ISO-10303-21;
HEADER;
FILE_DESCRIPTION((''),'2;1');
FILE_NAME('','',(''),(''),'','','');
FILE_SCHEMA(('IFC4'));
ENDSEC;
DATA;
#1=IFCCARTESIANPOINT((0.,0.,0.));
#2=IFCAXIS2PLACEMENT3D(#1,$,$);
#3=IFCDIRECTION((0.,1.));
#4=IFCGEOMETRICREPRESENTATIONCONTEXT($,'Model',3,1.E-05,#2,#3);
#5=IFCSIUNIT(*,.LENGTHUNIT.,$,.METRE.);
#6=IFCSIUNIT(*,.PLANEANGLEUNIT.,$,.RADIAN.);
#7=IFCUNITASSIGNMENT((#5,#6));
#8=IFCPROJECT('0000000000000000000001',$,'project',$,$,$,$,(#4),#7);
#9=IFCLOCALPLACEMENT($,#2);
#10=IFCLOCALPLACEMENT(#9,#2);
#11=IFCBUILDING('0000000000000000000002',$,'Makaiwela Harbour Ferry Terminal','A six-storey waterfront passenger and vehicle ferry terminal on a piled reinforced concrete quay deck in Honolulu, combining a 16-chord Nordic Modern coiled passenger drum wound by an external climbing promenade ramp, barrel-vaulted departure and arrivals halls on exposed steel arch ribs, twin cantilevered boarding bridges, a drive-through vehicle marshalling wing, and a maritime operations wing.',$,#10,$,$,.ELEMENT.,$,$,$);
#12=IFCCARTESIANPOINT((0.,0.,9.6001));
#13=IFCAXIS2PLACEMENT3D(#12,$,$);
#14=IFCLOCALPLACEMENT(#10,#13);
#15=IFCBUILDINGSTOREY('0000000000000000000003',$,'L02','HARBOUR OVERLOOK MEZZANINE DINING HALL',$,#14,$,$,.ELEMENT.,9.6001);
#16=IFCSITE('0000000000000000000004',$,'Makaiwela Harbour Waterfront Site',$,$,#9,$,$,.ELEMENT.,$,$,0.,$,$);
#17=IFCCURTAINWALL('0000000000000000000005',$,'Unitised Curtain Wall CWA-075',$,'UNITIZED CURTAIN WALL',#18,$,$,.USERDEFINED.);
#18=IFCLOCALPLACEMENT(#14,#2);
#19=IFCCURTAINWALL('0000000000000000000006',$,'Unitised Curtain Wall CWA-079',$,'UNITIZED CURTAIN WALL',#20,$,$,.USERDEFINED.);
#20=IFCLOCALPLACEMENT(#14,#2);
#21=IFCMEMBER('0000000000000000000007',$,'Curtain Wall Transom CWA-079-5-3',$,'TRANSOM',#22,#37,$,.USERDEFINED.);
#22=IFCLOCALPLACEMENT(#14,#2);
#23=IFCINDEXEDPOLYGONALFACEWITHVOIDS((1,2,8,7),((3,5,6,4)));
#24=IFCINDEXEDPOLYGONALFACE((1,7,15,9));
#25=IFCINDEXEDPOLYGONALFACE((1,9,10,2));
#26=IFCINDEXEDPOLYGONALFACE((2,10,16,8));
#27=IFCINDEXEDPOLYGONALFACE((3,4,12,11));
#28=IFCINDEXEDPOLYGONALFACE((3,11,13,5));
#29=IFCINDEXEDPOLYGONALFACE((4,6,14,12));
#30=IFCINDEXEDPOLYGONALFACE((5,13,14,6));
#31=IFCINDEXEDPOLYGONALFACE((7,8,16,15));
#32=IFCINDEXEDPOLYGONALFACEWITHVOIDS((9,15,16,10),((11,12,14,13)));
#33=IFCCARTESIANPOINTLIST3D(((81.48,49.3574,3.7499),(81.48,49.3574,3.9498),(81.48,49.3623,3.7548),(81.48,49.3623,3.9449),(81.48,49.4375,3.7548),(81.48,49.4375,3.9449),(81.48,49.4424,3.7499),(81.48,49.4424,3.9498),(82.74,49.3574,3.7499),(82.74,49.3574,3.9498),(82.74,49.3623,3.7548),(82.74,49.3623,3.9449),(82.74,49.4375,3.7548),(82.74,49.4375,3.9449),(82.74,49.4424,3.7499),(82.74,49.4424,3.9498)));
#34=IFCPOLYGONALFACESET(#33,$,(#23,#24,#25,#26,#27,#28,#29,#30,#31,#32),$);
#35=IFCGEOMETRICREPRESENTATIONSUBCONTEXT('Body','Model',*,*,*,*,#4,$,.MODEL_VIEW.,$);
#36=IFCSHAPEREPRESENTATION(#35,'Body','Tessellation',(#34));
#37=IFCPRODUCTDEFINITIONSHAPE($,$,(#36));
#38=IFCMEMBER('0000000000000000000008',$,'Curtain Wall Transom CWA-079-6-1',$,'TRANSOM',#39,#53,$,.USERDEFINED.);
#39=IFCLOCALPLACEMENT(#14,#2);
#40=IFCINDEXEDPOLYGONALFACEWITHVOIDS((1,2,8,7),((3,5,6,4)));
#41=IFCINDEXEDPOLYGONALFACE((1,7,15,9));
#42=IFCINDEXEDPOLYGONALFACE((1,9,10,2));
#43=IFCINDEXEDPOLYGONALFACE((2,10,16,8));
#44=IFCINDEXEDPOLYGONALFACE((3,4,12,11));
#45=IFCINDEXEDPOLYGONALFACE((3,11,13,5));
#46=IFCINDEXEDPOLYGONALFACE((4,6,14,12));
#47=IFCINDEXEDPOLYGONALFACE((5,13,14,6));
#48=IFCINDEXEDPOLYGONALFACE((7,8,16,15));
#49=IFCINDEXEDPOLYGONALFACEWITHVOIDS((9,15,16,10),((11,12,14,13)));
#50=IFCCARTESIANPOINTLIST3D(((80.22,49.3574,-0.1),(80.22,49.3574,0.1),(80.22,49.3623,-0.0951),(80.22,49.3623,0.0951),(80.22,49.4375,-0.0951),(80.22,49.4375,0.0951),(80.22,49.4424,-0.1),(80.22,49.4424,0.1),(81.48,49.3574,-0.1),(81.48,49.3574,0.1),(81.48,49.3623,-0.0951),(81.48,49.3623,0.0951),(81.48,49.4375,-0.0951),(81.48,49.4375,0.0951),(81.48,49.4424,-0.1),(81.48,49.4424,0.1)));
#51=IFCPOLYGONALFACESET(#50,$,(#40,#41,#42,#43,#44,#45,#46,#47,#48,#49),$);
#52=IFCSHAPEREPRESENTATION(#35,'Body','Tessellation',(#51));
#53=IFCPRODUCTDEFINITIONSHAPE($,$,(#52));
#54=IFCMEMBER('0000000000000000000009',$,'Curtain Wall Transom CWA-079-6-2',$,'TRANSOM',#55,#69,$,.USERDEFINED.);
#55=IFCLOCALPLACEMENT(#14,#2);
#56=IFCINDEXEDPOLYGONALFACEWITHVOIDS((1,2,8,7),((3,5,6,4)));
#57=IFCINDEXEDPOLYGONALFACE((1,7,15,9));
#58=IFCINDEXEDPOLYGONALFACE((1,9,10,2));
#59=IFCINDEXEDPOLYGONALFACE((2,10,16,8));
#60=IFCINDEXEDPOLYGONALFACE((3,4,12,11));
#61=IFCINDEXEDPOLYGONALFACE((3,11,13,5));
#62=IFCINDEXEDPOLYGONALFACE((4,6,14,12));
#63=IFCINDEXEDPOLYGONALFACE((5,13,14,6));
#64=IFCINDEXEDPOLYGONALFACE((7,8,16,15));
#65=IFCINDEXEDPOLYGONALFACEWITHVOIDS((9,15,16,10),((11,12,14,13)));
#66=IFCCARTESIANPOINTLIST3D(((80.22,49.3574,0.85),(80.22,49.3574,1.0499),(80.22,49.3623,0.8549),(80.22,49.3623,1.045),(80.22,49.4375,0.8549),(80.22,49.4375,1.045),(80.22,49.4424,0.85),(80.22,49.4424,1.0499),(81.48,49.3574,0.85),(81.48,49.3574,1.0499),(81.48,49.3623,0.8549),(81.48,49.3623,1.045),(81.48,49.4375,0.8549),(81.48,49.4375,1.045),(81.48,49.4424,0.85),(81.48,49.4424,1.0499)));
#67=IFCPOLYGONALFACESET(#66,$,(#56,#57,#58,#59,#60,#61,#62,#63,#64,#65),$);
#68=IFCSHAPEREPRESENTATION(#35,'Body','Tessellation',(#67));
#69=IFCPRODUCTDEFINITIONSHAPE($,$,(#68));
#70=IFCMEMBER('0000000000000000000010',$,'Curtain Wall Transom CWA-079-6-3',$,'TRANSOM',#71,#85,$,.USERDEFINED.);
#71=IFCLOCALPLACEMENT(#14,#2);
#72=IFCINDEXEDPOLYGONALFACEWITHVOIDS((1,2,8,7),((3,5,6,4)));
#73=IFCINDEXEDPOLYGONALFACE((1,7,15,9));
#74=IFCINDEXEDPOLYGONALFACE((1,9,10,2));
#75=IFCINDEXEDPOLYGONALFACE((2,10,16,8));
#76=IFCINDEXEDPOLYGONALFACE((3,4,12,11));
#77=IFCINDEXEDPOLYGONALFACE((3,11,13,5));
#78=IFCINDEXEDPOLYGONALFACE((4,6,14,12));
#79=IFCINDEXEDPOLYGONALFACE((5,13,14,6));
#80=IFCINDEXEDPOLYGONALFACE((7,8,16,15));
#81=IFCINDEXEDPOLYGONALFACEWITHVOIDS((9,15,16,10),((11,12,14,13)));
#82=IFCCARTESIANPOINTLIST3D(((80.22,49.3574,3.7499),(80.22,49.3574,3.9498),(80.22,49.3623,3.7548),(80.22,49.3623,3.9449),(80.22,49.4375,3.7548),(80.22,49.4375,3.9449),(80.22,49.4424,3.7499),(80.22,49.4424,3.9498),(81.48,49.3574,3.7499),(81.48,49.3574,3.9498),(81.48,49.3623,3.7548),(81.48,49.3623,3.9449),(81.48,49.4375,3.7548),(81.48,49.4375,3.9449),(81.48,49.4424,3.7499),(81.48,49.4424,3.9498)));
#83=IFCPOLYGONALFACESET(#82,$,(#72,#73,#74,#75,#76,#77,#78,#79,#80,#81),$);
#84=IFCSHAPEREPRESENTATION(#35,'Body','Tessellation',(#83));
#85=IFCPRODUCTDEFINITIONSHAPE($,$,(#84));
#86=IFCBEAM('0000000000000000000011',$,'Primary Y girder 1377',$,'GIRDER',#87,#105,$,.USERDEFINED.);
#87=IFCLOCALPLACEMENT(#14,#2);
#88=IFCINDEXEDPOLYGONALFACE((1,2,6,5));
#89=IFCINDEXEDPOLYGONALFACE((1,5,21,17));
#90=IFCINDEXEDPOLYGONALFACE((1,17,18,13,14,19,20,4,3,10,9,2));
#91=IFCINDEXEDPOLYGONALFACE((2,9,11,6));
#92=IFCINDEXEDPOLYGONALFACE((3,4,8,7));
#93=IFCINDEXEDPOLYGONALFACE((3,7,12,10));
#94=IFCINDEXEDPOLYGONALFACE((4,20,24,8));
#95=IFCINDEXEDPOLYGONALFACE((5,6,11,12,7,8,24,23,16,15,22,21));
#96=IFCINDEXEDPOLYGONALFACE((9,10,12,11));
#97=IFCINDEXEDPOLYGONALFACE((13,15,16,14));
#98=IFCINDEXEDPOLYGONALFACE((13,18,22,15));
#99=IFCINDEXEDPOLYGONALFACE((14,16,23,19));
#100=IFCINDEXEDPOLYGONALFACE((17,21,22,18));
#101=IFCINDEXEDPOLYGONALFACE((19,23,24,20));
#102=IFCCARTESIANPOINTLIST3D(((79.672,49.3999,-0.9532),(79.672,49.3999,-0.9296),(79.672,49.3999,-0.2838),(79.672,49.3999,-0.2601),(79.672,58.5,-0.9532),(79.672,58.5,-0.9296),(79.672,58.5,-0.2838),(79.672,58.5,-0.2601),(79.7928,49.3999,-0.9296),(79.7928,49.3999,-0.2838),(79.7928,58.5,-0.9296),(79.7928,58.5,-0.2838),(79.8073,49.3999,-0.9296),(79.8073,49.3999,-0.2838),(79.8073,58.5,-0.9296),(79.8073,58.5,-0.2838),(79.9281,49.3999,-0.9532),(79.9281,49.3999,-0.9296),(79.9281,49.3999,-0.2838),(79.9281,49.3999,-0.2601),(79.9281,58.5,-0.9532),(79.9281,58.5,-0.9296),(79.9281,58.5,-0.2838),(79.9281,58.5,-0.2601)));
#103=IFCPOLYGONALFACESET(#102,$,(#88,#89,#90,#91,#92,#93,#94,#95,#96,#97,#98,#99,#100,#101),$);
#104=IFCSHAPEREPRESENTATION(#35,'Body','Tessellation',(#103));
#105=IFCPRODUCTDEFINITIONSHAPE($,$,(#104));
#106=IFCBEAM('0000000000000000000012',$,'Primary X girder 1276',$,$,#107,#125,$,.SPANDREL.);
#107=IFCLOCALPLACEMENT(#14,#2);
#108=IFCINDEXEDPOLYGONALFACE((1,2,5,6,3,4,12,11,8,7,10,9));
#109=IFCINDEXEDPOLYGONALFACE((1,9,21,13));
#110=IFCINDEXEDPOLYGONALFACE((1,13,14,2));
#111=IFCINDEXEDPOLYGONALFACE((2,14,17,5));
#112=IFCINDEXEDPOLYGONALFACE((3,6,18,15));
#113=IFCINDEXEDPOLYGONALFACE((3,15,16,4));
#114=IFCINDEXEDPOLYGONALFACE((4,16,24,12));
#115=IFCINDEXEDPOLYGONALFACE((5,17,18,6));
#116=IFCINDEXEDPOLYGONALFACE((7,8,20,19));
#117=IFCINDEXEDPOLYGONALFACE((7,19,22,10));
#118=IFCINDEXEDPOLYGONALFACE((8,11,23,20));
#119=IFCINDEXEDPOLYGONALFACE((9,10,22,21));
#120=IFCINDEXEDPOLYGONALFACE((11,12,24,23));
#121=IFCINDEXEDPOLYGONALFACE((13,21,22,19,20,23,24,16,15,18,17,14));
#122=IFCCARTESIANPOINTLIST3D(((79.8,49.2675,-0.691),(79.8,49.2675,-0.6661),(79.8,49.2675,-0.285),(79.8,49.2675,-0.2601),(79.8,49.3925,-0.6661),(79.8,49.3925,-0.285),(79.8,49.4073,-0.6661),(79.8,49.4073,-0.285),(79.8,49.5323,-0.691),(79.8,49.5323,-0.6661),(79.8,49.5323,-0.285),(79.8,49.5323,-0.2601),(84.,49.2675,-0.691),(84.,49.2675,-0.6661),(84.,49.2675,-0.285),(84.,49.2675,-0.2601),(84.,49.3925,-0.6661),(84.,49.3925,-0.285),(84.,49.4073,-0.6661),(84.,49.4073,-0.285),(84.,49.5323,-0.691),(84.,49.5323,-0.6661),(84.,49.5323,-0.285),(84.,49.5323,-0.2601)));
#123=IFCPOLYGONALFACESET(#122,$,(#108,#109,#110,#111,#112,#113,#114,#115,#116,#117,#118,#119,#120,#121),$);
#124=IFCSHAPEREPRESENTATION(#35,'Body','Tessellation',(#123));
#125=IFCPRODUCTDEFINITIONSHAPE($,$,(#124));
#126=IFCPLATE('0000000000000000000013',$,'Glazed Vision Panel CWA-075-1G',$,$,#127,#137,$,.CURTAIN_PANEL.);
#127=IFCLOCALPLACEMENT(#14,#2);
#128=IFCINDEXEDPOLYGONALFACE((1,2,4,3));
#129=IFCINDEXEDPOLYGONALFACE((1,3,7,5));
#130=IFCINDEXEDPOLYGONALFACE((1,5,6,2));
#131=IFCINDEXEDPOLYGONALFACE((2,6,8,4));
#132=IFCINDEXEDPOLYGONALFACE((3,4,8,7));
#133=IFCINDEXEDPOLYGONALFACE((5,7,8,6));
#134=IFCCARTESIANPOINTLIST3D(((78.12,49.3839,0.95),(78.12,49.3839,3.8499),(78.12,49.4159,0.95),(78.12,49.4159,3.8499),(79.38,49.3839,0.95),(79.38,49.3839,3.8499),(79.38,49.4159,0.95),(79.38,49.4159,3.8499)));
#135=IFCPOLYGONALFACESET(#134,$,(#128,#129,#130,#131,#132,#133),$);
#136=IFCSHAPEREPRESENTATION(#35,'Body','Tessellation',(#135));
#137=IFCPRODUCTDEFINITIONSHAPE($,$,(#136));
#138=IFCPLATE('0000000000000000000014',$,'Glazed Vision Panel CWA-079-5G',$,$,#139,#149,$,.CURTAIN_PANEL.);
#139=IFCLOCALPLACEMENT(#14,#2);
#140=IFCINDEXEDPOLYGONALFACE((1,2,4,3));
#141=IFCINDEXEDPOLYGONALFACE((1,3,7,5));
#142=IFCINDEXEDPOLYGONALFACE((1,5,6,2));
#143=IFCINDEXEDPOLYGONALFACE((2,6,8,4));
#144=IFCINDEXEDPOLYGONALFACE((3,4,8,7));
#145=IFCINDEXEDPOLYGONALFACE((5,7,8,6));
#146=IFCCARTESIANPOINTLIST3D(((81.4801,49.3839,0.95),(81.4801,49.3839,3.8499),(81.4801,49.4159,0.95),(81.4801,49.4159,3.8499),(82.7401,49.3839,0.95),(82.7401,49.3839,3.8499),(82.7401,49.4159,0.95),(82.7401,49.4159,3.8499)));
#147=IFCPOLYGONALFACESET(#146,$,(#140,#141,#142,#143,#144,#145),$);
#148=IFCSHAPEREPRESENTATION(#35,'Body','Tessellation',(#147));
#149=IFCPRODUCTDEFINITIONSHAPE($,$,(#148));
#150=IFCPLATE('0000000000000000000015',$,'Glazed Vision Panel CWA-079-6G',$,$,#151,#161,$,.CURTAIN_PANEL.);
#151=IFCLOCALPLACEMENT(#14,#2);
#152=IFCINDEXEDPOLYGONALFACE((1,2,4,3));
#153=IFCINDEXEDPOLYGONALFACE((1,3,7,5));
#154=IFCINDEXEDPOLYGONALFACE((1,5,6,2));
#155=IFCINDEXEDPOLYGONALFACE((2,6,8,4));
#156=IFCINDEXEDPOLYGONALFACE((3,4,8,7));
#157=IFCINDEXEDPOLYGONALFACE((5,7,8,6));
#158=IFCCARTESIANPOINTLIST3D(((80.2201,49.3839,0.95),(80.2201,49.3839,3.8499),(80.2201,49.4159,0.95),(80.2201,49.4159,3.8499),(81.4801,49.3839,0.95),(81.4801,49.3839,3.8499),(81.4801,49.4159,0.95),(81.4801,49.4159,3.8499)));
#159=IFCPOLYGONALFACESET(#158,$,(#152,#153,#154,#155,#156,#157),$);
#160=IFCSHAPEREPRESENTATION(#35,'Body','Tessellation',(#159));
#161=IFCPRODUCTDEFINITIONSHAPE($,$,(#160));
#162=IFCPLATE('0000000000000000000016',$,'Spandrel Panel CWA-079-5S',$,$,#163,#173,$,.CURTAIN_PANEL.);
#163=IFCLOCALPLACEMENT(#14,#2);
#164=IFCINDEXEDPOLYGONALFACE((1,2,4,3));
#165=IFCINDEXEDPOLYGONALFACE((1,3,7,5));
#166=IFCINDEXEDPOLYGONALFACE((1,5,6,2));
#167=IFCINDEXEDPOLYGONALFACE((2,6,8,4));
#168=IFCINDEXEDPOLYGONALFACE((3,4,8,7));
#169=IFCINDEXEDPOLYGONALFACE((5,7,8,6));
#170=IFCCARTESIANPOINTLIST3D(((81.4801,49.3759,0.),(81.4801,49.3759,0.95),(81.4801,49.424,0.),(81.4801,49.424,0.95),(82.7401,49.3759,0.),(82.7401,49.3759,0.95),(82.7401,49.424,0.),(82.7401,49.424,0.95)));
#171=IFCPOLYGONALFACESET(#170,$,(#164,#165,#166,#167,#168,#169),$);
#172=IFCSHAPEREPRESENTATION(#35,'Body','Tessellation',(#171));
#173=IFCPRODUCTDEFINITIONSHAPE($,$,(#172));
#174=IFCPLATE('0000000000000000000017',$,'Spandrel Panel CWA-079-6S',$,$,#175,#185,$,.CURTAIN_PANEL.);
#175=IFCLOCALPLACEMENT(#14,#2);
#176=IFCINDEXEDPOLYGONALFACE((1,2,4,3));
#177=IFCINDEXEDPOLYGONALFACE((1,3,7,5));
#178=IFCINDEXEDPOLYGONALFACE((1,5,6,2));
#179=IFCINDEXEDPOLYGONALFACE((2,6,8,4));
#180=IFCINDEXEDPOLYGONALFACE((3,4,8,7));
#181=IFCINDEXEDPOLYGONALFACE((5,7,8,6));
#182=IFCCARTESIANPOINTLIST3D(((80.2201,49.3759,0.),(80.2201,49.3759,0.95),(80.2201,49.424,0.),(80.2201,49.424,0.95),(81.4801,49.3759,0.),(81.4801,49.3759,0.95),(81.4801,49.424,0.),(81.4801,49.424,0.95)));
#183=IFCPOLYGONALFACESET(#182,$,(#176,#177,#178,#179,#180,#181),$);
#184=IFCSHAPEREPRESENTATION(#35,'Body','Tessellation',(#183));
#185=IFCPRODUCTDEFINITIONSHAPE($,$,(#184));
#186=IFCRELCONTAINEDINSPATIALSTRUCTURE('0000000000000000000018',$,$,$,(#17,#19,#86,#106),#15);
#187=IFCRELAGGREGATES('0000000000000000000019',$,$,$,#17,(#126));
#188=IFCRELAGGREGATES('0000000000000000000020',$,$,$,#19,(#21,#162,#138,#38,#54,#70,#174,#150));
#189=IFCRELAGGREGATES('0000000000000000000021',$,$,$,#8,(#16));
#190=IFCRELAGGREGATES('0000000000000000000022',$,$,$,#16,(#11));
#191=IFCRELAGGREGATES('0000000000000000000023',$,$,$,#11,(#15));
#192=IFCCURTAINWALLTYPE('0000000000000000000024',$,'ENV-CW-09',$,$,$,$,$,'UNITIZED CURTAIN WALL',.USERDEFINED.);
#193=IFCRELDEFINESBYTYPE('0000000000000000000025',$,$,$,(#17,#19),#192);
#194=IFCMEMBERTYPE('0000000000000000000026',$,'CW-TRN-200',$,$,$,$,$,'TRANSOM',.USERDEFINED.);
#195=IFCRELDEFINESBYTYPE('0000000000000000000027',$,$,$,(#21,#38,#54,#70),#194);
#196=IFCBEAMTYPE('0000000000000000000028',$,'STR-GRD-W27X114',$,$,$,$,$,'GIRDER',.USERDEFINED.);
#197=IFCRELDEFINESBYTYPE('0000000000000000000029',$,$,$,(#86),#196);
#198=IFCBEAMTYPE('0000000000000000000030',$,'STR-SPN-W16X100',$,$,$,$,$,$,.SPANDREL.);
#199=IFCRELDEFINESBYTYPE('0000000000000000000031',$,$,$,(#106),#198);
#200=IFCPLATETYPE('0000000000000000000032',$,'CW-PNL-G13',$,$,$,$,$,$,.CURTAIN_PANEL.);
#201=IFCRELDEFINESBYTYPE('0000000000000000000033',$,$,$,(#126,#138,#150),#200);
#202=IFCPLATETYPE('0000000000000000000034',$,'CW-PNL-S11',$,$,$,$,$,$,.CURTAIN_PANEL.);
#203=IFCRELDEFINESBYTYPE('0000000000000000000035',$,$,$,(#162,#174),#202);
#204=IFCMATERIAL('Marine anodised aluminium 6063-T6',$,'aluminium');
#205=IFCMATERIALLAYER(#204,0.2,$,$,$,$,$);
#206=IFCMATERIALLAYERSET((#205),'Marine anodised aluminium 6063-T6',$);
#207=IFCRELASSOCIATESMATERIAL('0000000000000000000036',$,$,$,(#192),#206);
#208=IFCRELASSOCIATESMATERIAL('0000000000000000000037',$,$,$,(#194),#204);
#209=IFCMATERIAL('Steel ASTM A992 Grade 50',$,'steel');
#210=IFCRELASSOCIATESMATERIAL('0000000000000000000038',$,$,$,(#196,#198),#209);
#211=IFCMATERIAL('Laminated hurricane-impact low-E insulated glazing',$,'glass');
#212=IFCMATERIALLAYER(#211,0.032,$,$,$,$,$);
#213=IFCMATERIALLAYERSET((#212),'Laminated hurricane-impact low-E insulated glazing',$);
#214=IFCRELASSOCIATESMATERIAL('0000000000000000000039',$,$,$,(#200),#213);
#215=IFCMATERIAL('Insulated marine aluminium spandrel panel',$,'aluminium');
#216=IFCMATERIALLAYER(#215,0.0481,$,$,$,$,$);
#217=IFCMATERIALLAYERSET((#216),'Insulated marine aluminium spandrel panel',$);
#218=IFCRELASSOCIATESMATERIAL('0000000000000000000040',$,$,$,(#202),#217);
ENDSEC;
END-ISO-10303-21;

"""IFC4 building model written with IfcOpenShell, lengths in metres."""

from ifc_helpers import new_model, si_unit, direction, frame, origin, origin_2d, place, context, subcontext, project, spatial, rectangle, hollow_rectangle, i_section, extrude, material, layer, layer_set, material_profile, profile_set, type_object, element, aggregate, save


model = new_model("IFC4")

# Units and contexts
model_context = context("Model", 3, precision=1e-05, world=origin(), true_north=direction((0.0, 1.0)))
body_context = subcontext(model_context, "Body", "Model", "MODEL_VIEW")
ifc_project = project(units=[si_unit("LENGTHUNIT", "METRE"), si_unit("PLANEANGLEUNIT", "RADIAN")], contexts=[model_context])

# Site, building, storey
site_placement = place(None, origin())
site = spatial("IfcSite", under=ifc_project, at=site_placement, Name="Makaiwela Harbour Waterfront Site", CompositionType="ELEMENT", RefElevation=0.0)
building_placement = place(site_placement, origin())
building = spatial("IfcBuilding", under=site, at=building_placement, Name="Makaiwela Harbour Ferry Terminal", Description="A six-storey waterfront passenger and vehicle ferry terminal on a piled reinforced concrete quay deck in Honolulu, combining a 16-chord Nordic Modern coiled passenger drum wound by an external climbing promenade ramp, barrel-vaulted departure and arrivals halls on exposed steel arch ribs, twin cantilevered boarding bridges, a drive-through vehicle marshalling wing, and a maritime operations wing.", CompositionType="ELEMENT")
storey_placement = place(building_placement, frame((0.0, 0.0, 9.6001)))
storey = spatial("IfcBuildingStorey", under=building, at=storey_placement, Name="L02", Description="HARBOUR OVERLOOK MEZZANINE DINING HALL", CompositionType="ELEMENT", Elevation=9.6001)

# Shared definitions
ifc_material_1 = material(Name="Steel ASTM A992 Grade 50", Category="steel")

# Curtain wall
ifc_material_2 = material(Name="Marine anodised aluminium 6063-T6", Category="aluminium")
ifc_layer_1 = layer(ifc_material_2, 0.2)
ifc_layer_set_1 = layer_set([ifc_layer_1], Name="Marine anodised aluminium 6063-T6")
curtain_wall_type = type_object("IfcCurtainWallType", Name="ENV-CW-09", ElementType="UNITIZED CURTAIN WALL", PredefinedType="USERDEFINED", material=ifc_layer_set_1)
curtain_wall_1_placement = place(storey_placement, origin())
curtain_wall_1 = element("IfcCurtainWall", 1, at=curtain_wall_1_placement, inside=storey, type_object=curtain_wall_type, Name="Unitised Curtain Wall CWA-075", ObjectType="UNITIZED CURTAIN WALL", PredefinedType="USERDEFINED")

# Curtain wall
curtain_wall_2_placement = place(storey_placement, origin())
curtain_wall_2 = element("IfcCurtainWall", 2, at=curtain_wall_2_placement, inside=storey, type_object=curtain_wall_type, Name="Unitised Curtain Wall CWA-079", ObjectType="UNITIZED CURTAIN WALL", PredefinedType="USERDEFINED")

# Members
ifc_material_profile_1 = material_profile(ifc_material_2, hollow_rectangle(XDim=0.085, YDim=0.2, WallThickness=0.0049, at=origin_2d()), Name="CWT-200X85")
ifc_profile_set_1 = profile_set([ifc_material_profile_1], Name="Marine anodised aluminium 6063-T6")
member_type_1 = type_object("IfcMemberType", Name="CW-TRN-200", ElementType="TRANSOM", PredefinedType="USERDEFINED", material=ifc_profile_set_1)
member_1_placement = place(storey_placement, frame((82.74, 49.3999, 3.8499), z_axis=(-1.0, 0.0, 0.0), x_axis=(0.0, -1.0, 0.0)))
member_1 = element("IfcMember", 3, at=member_1_placement, type_object=member_type_1, Name="Curtain Wall Transom CWA-079-5-3", ObjectType="TRANSOM", PredefinedType="USERDEFINED", context=body_context, shape_type="SweptSolid", body=[
    extrude(hollow_rectangle(XDim=0.085, YDim=0.2, WallThickness=0.0049, at=origin_2d()), origin(), (0.0, 0.0, 1.0), 1.26),
])
member_2_placement = place(storey_placement, frame((81.48, 49.3999, 0.0), z_axis=(-1.0, 0.0, 0.0), x_axis=(0.0, -1.0, 0.0)))
member_2 = element("IfcMember", 4, at=member_2_placement, type_object=member_type_1, Name="Curtain Wall Transom CWA-079-6-1", ObjectType="TRANSOM", PredefinedType="USERDEFINED", context=body_context, shape_type="SweptSolid", body=[
    extrude(hollow_rectangle(XDim=0.085, YDim=0.2, WallThickness=0.0049, at=origin_2d()), origin(), (0.0, 0.0, 1.0), 1.26),
])
member_3_placement = place(storey_placement, frame((81.48, 49.3999, 0.95), z_axis=(-1.0, 0.0, 0.0), x_axis=(0.0, -1.0, 0.0)))
member_3 = element("IfcMember", 5, at=member_3_placement, type_object=member_type_1, Name="Curtain Wall Transom CWA-079-6-2", ObjectType="TRANSOM", PredefinedType="USERDEFINED", context=body_context, shape_type="SweptSolid", body=[
    extrude(hollow_rectangle(XDim=0.085, YDim=0.2, WallThickness=0.0049, at=origin_2d()), origin(), (0.0, 0.0, 1.0), 1.26),
])
member_4_placement = place(storey_placement, frame((81.48, 49.3999, 3.8499), z_axis=(-1.0, 0.0, 0.0), x_axis=(0.0, -1.0, 0.0)))
member_4 = element("IfcMember", 6, at=member_4_placement, type_object=member_type_1, Name="Curtain Wall Transom CWA-079-6-3", ObjectType="TRANSOM", PredefinedType="USERDEFINED", context=body_context, shape_type="SweptSolid", body=[
    extrude(hollow_rectangle(XDim=0.085, YDim=0.2, WallThickness=0.0049, at=origin_2d()), origin(), (0.0, 0.0, 1.0), 1.26),
])

# Beams
ifc_material_profile_2 = material_profile(ifc_material_1, i_section(OverallWidth=0.2561, OverallDepth=0.6931, WebThickness=0.0144, FlangeThickness=0.0237, at=origin_2d()), Name="W27X114")
ifc_profile_set_2 = profile_set([ifc_material_profile_2], Name="Steel ASTM A992 Grade 50")
beam_type_1 = type_object("IfcBeamType", Name="STR-GRD-W27X114", ElementType="GIRDER", PredefinedType="USERDEFINED", material=ifc_profile_set_2)
beam_1_placement = place(storey_placement, frame((79.8, 49.3999, -0.6067), z_axis=(0.0, 1.0, 0.0), x_axis=(-1.0, 0.0, 0.0)))
element("IfcBeam", 7, at=beam_1_placement, inside=storey, type_object=beam_type_1, Name="Primary Y girder 1377", ObjectType="GIRDER", PredefinedType="USERDEFINED", context=body_context, shape_type="SweptSolid", body=[
    extrude(i_section(OverallWidth=0.2561, OverallDepth=0.6931, WebThickness=0.0144, FlangeThickness=0.0237, at=origin_2d()), origin(), (0.0, 0.0, 1.0), 9.1001),
])
ifc_material_profile_3 = material_profile(ifc_material_1, i_section(OverallWidth=0.2649, OverallDepth=0.4309, WebThickness=0.0149, FlangeThickness=0.0249, at=origin_2d()), Name="W16X100")
ifc_profile_set_3 = profile_set([ifc_material_profile_3], Name="Steel ASTM A992 Grade 50")
beam_type_2 = type_object("IfcBeamType", Name="STR-SPN-W16X100", PredefinedType="SPANDREL", material=ifc_profile_set_3)
beam_2_placement = place(storey_placement, frame((79.8, 49.3999, -0.4756), z_axis=(1.0, 0.0, 0.0), x_axis=(0.0, 1.0, 0.0)))
element("IfcBeam", 8, at=beam_2_placement, inside=storey, type_object=beam_type_2, Name="Primary X girder 1276", PredefinedType="SPANDREL", context=body_context, shape_type="SweptSolid", body=[
    extrude(i_section(OverallWidth=0.2649, OverallDepth=0.4309, WebThickness=0.0149, FlangeThickness=0.0249, at=origin_2d()), origin(), (0.0, 0.0, 1.0), 4.2),
])

# Plates
ifc_material_3 = material(Name="Laminated hurricane-impact low-E insulated glazing", Category="glass")
ifc_layer_2 = layer(ifc_material_3, 0.032)
ifc_layer_set_2 = layer_set([ifc_layer_2], Name="Laminated hurricane-impact low-E insulated glazing")
plate_type_1 = type_object("IfcPlateType", Name="CW-PNL-G13", PredefinedType="CURTAIN_PANEL", material=ifc_layer_set_2)
plate_1_placement = place(storey_placement, frame((78.75, 49.3999, 0.95), z_axis=(0.0, 0.0, 1.0), x_axis=(-1.0, 0.0, 0.0)))
plate_1 = element("IfcPlate", 9, at=plate_1_placement, type_object=plate_type_1, Name="Glazed Vision Panel CWA-075-1G", PredefinedType="CURTAIN_PANEL", context=body_context, shape_type="SweptSolid", body=[
    extrude(rectangle(XDim=1.26, YDim=0.032, at=origin_2d()), origin(), (0.0, 0.0, 1.0), 2.8999),
])
aggregate(curtain_wall_1, [plate_1])
plate_2_placement = place(storey_placement, frame((82.1101, 49.3999, 0.95), z_axis=(0.0, 0.0, 1.0), x_axis=(-1.0, 0.0, 0.0)))
plate_2 = element("IfcPlate", 10, at=plate_2_placement, type_object=plate_type_1, Name="Glazed Vision Panel CWA-079-5G", PredefinedType="CURTAIN_PANEL", context=body_context, shape_type="SweptSolid", body=[
    extrude(rectangle(XDim=1.26, YDim=0.032, at=origin_2d()), origin(), (0.0, 0.0, 1.0), 2.8999),
])
plate_3_placement = place(storey_placement, frame((80.8501, 49.3999, 0.95), z_axis=(0.0, 0.0, 1.0), x_axis=(-1.0, 0.0, 0.0)))
plate_3 = element("IfcPlate", 11, at=plate_3_placement, type_object=plate_type_1, Name="Glazed Vision Panel CWA-079-6G", PredefinedType="CURTAIN_PANEL", context=body_context, shape_type="SweptSolid", body=[
    extrude(rectangle(XDim=1.26, YDim=0.032, at=origin_2d()), origin(), (0.0, 0.0, 1.0), 2.8999),
])
ifc_material_4 = material(Name="Insulated marine aluminium spandrel panel", Category="aluminium")
ifc_layer_3 = layer(ifc_material_4, 0.0481)
ifc_layer_set_3 = layer_set([ifc_layer_3], Name="Insulated marine aluminium spandrel panel")
plate_type_2 = type_object("IfcPlateType", Name="CW-PNL-S11", PredefinedType="CURTAIN_PANEL", material=ifc_layer_set_3)
plate_4_placement = place(storey_placement, frame((82.1101, 49.3999, 0.0), z_axis=(0.0, 0.0, 1.0), x_axis=(-1.0, 0.0, 0.0)))
plate_4 = element("IfcPlate", 12, at=plate_4_placement, type_object=plate_type_2, Name="Spandrel Panel CWA-079-5S", PredefinedType="CURTAIN_PANEL", context=body_context, shape_type="SweptSolid", body=[
    extrude(rectangle(XDim=1.26, YDim=0.0481, at=origin_2d()), origin(), (0.0, 0.0, 1.0), 0.95),
])
plate_5_placement = place(storey_placement, frame((80.8501, 49.3999, 0.0), z_axis=(0.0, 0.0, 1.0), x_axis=(-1.0, 0.0, 0.0)))
plate_5 = element("IfcPlate", 13, at=plate_5_placement, type_object=plate_type_2, Name="Spandrel Panel CWA-079-6S", PredefinedType="CURTAIN_PANEL", context=body_context, shape_type="SweptSolid", body=[
    extrude(rectangle(XDim=1.26, YDim=0.0481, at=origin_2d()), origin(), (0.0, 0.0, 1.0), 0.95),
])
aggregate(curtain_wall_2, [member_1, plate_4, plate_2, member_2, member_3, member_4, plate_5, plate_3])

save(model, "model.ifc")
